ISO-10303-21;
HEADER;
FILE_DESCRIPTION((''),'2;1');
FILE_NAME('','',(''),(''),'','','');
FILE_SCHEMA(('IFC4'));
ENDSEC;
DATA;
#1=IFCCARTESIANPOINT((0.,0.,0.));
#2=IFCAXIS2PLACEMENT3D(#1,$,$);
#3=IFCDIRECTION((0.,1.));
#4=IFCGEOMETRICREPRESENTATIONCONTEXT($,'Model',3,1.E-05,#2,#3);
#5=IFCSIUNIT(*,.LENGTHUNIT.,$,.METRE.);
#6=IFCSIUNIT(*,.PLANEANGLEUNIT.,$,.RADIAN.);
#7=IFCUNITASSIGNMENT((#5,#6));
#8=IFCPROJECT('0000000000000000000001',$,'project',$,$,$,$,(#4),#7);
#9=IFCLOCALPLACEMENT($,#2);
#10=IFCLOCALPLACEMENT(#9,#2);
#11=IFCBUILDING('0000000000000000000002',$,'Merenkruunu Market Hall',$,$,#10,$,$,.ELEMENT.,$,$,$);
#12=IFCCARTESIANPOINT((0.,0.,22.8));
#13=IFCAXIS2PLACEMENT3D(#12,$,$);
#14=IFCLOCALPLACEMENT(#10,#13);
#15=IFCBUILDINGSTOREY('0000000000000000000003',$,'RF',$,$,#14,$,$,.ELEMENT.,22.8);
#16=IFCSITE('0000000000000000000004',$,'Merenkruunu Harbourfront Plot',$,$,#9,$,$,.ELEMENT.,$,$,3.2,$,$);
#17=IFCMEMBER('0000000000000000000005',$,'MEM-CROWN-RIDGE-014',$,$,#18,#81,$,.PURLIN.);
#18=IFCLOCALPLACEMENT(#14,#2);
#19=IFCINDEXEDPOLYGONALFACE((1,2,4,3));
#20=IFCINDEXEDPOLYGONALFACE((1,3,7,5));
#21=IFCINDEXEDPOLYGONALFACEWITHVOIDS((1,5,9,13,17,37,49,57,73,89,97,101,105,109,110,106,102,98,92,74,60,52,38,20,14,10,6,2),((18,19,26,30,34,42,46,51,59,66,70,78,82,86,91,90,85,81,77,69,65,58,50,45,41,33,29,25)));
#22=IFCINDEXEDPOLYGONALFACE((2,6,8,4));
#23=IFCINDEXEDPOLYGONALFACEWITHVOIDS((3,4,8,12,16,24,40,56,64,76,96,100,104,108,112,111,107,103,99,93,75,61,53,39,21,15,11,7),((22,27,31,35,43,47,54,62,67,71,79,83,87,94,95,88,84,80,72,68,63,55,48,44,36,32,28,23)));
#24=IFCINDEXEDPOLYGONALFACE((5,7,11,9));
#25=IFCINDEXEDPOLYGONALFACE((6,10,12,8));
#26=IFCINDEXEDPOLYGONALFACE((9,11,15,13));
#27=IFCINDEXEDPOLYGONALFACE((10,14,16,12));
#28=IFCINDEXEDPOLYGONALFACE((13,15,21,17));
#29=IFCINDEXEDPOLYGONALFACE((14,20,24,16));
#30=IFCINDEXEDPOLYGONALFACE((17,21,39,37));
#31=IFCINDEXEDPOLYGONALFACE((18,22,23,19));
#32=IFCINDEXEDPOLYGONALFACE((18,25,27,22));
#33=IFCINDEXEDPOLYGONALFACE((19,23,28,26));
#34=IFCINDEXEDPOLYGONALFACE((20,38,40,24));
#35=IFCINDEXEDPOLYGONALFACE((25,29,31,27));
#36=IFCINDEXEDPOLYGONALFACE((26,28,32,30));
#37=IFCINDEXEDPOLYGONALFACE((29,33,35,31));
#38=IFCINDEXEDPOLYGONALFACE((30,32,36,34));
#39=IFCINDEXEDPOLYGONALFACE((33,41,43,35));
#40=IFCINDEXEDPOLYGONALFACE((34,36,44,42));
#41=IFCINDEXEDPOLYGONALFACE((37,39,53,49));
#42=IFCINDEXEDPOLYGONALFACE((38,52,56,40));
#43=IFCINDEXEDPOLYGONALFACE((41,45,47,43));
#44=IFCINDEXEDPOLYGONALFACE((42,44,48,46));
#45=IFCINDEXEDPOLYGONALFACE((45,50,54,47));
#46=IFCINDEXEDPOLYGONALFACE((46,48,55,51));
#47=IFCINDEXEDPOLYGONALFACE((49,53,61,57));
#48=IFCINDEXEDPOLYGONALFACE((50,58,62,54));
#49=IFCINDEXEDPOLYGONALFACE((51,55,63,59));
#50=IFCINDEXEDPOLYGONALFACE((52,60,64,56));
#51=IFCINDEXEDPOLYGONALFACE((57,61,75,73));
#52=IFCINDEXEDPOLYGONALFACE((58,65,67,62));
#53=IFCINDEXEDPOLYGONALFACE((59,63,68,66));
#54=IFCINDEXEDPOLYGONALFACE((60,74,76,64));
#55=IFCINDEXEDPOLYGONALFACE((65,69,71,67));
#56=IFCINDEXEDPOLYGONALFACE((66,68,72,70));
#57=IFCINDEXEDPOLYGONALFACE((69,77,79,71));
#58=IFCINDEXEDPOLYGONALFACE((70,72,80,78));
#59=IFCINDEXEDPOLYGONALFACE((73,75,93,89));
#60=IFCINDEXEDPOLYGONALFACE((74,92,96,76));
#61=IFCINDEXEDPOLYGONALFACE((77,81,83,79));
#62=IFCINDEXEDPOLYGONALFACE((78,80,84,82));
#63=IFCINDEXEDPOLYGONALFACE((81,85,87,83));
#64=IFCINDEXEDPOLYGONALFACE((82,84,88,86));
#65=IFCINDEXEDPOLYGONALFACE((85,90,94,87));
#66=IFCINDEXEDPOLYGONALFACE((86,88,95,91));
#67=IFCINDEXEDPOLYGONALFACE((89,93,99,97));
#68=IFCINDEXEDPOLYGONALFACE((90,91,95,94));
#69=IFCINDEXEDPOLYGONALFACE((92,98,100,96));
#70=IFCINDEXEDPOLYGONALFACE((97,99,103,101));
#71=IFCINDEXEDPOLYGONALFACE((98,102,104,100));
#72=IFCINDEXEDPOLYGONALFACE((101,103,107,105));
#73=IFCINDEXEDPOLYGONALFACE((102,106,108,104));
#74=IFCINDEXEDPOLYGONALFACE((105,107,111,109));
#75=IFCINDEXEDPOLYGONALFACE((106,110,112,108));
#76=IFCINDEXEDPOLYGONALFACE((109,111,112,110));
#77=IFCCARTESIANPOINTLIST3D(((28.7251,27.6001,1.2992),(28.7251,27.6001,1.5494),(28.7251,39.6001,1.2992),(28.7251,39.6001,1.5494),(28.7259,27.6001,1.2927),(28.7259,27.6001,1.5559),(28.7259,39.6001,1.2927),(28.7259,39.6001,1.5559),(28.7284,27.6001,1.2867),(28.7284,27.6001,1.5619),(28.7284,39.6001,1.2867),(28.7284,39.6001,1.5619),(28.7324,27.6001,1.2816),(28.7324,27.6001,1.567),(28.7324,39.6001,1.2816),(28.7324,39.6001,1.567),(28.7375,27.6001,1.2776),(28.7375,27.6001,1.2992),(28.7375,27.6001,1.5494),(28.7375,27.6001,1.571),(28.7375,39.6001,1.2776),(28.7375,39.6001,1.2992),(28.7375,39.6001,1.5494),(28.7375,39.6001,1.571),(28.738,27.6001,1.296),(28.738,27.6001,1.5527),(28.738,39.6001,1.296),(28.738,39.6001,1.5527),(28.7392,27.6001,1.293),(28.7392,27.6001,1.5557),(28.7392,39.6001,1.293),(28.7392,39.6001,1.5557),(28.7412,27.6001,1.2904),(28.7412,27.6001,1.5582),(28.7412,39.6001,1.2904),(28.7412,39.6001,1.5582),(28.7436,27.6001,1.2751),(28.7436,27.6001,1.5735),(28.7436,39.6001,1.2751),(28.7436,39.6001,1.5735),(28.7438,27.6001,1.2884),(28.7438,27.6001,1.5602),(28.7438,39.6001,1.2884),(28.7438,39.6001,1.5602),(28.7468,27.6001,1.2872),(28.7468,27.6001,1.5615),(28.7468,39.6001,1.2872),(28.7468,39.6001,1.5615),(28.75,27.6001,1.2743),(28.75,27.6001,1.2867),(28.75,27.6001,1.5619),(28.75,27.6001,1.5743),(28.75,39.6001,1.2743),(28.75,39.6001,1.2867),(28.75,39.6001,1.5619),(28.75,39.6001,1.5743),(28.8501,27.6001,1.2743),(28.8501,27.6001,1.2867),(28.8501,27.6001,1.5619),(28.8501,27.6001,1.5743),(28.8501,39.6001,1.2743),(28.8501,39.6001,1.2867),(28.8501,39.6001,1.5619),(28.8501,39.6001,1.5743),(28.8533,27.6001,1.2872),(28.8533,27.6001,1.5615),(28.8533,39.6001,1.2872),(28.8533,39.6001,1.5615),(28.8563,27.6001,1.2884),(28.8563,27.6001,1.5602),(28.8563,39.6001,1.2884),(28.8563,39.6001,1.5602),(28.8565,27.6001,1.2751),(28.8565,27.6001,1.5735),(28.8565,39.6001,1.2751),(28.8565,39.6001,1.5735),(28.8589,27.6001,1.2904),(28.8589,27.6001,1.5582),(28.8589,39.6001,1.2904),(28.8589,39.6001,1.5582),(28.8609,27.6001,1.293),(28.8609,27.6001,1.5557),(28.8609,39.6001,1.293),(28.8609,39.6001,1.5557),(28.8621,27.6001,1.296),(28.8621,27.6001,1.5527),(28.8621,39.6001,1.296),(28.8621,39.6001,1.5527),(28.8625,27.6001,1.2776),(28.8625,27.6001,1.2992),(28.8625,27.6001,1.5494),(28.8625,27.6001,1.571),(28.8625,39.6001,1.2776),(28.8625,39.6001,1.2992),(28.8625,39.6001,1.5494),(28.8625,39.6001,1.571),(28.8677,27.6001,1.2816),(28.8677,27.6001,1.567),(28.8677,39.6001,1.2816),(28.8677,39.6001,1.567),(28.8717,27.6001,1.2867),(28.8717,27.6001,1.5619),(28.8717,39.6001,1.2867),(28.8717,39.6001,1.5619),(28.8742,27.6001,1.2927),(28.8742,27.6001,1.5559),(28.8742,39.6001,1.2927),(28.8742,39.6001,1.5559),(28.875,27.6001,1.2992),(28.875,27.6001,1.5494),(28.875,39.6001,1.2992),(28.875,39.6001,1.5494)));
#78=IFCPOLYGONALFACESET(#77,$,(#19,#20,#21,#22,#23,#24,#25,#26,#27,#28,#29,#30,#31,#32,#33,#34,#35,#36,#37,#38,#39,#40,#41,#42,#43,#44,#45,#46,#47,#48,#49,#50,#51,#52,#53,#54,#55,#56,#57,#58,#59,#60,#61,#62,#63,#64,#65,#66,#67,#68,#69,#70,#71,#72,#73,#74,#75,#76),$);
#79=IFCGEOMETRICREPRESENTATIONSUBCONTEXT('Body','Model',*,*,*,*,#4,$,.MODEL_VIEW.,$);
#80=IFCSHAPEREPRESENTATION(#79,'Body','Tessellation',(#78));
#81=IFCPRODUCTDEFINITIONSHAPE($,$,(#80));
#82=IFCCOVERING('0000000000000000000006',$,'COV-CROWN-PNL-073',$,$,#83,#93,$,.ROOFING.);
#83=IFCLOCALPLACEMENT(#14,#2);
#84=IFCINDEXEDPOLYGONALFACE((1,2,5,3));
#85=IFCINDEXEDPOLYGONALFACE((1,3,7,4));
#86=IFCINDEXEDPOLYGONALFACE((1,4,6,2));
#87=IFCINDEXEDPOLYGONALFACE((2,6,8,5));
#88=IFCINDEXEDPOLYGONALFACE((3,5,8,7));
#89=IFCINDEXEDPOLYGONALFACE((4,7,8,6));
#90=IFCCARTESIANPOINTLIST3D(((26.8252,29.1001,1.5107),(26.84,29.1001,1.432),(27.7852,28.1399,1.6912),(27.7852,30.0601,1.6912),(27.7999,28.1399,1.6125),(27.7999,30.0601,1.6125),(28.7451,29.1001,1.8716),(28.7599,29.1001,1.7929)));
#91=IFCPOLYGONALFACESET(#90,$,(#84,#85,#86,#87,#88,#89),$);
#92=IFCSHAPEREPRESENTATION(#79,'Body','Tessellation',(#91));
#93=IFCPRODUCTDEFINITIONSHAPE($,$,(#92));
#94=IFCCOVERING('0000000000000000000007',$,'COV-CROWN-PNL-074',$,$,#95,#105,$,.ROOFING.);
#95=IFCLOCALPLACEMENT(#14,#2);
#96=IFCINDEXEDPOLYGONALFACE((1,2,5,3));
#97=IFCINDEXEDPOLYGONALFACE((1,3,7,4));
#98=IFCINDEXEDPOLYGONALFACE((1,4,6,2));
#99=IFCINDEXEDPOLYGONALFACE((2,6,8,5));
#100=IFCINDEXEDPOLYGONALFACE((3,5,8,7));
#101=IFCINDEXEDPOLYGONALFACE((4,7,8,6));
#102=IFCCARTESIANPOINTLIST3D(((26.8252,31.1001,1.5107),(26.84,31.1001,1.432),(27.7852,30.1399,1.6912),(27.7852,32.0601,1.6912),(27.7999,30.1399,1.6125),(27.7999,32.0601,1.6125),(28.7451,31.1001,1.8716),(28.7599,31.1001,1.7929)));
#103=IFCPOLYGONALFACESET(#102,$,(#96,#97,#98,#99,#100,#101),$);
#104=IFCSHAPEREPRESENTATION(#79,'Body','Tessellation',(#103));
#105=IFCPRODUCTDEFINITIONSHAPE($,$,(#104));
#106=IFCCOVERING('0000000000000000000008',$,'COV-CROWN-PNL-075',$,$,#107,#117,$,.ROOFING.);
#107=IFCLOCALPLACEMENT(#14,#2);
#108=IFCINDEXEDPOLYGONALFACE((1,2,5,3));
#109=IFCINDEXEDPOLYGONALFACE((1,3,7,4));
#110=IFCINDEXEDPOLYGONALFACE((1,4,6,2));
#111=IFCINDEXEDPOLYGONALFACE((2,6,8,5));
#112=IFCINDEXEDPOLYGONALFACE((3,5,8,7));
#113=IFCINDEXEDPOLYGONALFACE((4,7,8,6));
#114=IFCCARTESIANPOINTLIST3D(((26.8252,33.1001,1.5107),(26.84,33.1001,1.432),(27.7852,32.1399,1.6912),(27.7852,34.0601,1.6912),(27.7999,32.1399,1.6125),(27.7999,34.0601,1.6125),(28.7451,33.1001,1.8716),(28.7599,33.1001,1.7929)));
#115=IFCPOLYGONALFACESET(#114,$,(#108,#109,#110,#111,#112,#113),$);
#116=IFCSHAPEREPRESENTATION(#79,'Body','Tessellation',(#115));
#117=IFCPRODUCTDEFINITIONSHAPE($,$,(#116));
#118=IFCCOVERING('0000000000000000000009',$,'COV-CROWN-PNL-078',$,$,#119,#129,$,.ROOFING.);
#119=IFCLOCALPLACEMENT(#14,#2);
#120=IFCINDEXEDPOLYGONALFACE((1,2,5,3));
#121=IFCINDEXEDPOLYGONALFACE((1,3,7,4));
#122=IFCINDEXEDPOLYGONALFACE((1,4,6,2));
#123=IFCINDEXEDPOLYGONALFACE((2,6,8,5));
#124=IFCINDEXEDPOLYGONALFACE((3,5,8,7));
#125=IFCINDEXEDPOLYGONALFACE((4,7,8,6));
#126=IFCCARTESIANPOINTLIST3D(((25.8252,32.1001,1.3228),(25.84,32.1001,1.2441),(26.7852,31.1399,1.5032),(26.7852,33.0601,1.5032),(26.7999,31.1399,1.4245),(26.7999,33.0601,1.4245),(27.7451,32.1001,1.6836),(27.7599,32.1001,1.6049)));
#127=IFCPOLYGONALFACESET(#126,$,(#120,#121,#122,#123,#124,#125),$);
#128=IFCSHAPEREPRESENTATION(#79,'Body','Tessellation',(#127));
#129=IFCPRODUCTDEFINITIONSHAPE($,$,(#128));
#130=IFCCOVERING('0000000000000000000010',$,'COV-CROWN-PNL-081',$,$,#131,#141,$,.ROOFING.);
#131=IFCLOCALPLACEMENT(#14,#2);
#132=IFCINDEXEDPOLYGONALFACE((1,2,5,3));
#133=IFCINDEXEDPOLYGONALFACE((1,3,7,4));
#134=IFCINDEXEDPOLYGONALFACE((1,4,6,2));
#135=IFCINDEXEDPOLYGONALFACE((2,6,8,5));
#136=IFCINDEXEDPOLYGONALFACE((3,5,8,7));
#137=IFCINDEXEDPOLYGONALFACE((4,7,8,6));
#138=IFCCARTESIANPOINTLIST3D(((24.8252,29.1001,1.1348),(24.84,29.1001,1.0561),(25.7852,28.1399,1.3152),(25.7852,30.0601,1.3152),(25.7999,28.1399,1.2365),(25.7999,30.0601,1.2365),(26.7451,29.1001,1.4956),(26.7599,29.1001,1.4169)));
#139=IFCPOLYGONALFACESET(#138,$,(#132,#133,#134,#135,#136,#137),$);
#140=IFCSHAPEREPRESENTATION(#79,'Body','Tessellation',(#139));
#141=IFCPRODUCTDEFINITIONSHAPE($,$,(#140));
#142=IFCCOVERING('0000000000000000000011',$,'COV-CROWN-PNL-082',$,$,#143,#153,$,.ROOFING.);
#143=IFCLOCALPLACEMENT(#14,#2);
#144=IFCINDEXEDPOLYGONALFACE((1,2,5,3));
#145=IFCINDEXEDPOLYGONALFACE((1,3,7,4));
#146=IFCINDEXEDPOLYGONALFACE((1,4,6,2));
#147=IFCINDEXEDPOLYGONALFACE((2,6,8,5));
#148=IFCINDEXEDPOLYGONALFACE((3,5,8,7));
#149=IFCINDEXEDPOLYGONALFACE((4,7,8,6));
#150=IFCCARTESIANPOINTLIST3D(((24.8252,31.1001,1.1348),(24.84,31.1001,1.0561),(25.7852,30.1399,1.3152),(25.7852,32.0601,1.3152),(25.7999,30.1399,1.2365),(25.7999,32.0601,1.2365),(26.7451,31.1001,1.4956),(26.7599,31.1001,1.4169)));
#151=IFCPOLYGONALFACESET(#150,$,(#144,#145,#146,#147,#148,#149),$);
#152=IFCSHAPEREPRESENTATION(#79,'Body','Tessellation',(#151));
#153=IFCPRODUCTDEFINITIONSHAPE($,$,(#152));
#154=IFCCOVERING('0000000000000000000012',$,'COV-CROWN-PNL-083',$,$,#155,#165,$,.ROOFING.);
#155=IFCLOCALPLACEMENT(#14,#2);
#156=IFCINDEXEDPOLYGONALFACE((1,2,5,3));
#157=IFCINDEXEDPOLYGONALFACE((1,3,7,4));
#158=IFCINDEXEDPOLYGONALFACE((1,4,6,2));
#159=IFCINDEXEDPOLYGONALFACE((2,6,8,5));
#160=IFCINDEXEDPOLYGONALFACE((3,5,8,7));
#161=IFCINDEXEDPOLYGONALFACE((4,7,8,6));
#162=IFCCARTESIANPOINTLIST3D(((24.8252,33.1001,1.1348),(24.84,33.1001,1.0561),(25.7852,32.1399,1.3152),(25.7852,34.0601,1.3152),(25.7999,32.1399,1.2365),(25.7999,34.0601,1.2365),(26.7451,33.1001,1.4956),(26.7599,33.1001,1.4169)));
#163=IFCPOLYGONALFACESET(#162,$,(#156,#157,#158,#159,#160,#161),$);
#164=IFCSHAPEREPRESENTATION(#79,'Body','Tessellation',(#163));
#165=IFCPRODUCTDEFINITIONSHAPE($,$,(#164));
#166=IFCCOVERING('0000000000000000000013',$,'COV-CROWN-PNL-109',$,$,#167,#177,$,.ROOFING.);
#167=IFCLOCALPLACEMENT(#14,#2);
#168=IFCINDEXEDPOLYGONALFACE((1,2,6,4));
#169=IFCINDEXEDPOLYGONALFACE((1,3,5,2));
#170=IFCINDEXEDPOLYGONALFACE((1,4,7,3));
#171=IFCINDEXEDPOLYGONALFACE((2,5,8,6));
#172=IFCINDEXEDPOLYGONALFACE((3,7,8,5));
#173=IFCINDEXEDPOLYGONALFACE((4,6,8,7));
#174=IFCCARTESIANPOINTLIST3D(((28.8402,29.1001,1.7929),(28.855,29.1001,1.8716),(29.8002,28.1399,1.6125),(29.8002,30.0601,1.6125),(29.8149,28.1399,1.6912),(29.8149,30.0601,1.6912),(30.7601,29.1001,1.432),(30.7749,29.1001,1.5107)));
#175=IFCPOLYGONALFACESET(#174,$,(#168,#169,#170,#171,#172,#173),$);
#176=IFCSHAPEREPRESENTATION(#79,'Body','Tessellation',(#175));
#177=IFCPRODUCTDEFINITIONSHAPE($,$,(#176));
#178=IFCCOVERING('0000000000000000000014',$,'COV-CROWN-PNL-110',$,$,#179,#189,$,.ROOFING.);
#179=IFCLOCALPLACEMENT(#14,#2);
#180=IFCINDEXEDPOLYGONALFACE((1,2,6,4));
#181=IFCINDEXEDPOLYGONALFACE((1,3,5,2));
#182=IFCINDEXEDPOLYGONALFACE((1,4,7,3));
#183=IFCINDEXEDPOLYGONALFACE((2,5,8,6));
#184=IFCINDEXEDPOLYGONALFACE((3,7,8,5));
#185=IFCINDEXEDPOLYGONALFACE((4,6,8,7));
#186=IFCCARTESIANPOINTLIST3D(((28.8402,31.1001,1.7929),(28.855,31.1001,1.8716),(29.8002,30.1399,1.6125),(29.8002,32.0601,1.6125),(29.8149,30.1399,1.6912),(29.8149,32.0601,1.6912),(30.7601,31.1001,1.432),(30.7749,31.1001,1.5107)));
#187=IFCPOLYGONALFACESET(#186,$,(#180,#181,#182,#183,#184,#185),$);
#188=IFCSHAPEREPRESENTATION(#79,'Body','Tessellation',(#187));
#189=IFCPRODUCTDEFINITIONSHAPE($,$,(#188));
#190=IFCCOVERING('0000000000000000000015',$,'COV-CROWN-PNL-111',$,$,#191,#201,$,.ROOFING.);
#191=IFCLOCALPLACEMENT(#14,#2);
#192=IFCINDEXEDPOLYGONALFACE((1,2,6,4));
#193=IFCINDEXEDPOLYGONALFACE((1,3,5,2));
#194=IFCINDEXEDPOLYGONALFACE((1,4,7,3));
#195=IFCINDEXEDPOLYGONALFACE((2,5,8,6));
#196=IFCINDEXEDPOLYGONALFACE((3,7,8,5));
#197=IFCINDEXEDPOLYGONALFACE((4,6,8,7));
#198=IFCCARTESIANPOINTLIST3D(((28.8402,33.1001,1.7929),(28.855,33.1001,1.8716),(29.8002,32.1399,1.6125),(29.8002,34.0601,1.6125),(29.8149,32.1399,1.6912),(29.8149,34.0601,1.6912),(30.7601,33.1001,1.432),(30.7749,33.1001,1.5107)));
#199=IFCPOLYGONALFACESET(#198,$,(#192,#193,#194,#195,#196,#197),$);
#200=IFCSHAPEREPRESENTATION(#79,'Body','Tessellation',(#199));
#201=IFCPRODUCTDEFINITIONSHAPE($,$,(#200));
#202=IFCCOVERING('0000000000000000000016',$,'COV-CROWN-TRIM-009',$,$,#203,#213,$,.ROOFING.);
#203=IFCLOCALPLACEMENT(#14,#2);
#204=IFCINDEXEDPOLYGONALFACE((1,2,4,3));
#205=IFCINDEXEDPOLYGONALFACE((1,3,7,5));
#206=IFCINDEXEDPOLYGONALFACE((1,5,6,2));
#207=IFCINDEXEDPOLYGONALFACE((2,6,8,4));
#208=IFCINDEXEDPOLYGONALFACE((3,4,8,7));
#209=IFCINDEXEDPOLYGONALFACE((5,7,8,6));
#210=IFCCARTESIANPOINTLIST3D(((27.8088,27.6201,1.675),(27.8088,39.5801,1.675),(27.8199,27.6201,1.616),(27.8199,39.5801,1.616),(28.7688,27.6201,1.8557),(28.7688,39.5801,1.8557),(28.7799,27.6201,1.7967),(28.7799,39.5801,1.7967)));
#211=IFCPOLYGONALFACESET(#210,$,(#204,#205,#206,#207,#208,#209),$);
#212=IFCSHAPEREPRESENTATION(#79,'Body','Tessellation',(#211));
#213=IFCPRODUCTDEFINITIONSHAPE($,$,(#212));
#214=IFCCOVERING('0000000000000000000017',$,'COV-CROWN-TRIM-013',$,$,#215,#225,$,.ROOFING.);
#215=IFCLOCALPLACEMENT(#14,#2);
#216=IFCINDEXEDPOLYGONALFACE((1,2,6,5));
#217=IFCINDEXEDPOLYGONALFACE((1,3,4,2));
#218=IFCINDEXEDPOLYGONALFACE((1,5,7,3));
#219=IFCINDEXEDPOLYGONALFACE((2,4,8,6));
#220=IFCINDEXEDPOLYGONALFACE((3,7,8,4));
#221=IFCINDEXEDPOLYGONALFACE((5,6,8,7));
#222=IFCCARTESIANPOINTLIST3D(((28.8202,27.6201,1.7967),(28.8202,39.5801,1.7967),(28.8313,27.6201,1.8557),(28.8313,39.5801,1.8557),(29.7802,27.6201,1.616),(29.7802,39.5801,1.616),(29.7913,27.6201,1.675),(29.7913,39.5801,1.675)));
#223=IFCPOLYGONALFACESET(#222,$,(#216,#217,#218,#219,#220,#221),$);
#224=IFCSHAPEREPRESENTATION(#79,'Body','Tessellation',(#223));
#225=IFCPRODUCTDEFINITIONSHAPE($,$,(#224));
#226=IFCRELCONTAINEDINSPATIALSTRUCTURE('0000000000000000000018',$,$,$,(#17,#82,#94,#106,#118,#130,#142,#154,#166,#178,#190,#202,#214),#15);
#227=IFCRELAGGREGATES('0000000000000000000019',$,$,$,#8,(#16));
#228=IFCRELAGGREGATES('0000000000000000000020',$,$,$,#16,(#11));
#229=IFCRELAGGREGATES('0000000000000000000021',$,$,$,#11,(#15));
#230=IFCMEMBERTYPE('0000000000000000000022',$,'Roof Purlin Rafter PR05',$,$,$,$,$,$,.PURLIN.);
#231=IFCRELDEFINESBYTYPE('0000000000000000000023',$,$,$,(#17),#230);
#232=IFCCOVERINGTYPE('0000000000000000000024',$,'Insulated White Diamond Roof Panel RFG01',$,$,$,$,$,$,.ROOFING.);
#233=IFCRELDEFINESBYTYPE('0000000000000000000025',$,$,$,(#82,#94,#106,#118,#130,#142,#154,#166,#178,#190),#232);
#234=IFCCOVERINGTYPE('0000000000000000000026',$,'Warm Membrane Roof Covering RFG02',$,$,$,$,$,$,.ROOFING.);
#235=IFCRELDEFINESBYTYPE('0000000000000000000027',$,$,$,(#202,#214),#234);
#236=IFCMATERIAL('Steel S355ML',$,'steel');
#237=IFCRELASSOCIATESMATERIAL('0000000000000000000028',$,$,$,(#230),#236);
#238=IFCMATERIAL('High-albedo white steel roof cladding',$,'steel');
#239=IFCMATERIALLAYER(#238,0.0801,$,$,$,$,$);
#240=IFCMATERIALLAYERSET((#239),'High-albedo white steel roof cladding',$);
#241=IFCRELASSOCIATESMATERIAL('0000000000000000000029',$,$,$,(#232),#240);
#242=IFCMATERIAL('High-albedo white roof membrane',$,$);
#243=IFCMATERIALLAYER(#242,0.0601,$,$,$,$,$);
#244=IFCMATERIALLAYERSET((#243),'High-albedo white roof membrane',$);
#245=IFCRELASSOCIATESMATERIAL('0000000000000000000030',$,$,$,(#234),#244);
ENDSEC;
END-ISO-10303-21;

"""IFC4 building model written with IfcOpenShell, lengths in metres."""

from ifc_helpers import new_model, si_unit, direction, frame, origin, origin_2d, place, context, subcontext, project, spatial, polyline, hollow_rectangle, outline, extrude, material, layer, layer_set, material_profile, profile_set, type_object, element, save


model = new_model("IFC4")

# Units and contexts
model_context = context("Model", 3, precision=1e-05, world=origin(), true_north=direction((0.0, 1.0)))
body_context = subcontext(model_context, "Body", "Model", "MODEL_VIEW")
ifc_project = project(units=[si_unit("LENGTHUNIT", "METRE"), si_unit("PLANEANGLEUNIT", "RADIAN")], contexts=[model_context])

# Site, building, storey
site_placement = place(None, origin())
site = spatial("IfcSite", under=ifc_project, at=site_placement, Name="Merenkruunu Harbourfront Plot", CompositionType="ELEMENT", RefElevation=3.2)
building_placement = place(site_placement, origin())
building = spatial("IfcBuilding", under=site, at=building_placement, Name="Merenkruunu Market Hall", CompositionType="ELEMENT")
storey_placement = place(building_placement, frame((0.0, 0.0, 22.8)))
storey = spatial("IfcBuildingStorey", under=building, at=storey_placement, Name="RF", CompositionType="ELEMENT", Elevation=22.8)

# Member
ifc_material_1 = material(Name="Steel S355ML", Category="steel")
ifc_material_profile_1 = material_profile(ifc_material_1, hollow_rectangle(XDim=0.1499, YDim=0.3, WallThickness=0.0125, InnerFilletRadius=0.0125, OuterFilletRadius=0.0249, at=origin_2d()), Name="RHS 300x150x12.5")
ifc_profile_set_1 = profile_set([ifc_material_profile_1], Name="Steel S355ML")
member_type_1 = type_object("IfcMemberType", Name="Roof Purlin Rafter PR05", PredefinedType="PURLIN", material=ifc_profile_set_1)
member_placement = place(storey_placement, frame((28.8, 27.6001, 1.4243), z_axis=(0.0, 1.0, 0.0), x_axis=(-1.0, 0.0, 0.0)))
element("IfcMember", 1, at=member_placement, inside=storey, type_object=member_type_1, Name="MEM-CROWN-RIDGE-014", PredefinedType="PURLIN", context=body_context, shape_type="SweptSolid", body=[
    extrude(hollow_rectangle(XDim=0.1499, YDim=0.3, WallThickness=0.0125, InnerFilletRadius=0.0125, OuterFilletRadius=0.0249, at=origin_2d()), origin(), (0.0, 0.0, 1.0), 12.0),
])

# Coverings
ifc_material_2 = material(Name="High-albedo white steel roof cladding", Category="steel")
ifc_layer_1 = layer(ifc_material_2, 0.0801)
ifc_layer_set_1 = layer_set([ifc_layer_1], Name="High-albedo white steel roof cladding")
covering_type_1 = type_object("IfcCoveringType", Name="Insulated White Diamond Roof Panel RFG01", PredefinedType="ROOFING", material=ifc_layer_set_1)
for number, where, z_axis, x_axis, name in (
    (2, (26.8252, 29.1001, 1.5107), (-0.184711, 0.0, 0.982793), (0.700856, -0.701035, 0.131722), "COV-CROWN-PNL-073"),
    (3, (26.8252, 31.1001, 1.5107), (-0.184711, 0.0, 0.982793), (0.700856, -0.701035, 0.131722), "COV-CROWN-PNL-074"),
    (4, (26.8252, 33.1001, 1.5107), (-0.184711, 0.0, 0.982793), (0.700856, -0.701035, 0.131722), "COV-CROWN-PNL-075"),
    (5, (25.8252, 32.1001, 1.3228), (-0.184711, 0.0, 0.982793), (0.700856, -0.701035, 0.131722), "COV-CROWN-PNL-078"),
    (6, (24.8252, 29.1001, 1.1348), (-0.184711, 0.0, 0.982793), (0.700856, -0.701035, 0.131722), "COV-CROWN-PNL-081"),
    (7, (24.8252, 31.1001, 1.1348), (-0.184711, 0.0, 0.982793), (0.700856, -0.701035, 0.131722), "COV-CROWN-PNL-082"),
    (8, (24.8252, 33.1001, 1.1348), (-0.184711, 0.0, 0.982793), (0.700856, -0.701035, 0.131722), "COV-CROWN-PNL-083"),
    (9, (28.855, 29.1001, 1.8716), (0.184711, 0.0, 0.982793), (0.700856, -0.701035, -0.131722), "COV-CROWN-PNL-109"),
    (10, (28.855, 31.1001, 1.8716), (0.184711, 0.0, 0.982793), (0.700856, -0.701035, -0.131722), "COV-CROWN-PNL-110"),
    (11, (28.855, 33.1001, 1.8716), (0.184711, 0.0, 0.982793), (0.700856, -0.701035, -0.131722), "COV-CROWN-PNL-111"),
):
    element("IfcCovering", number, at=place(storey_placement, frame(where, z_axis=z_axis, x_axis=x_axis)), inside=storey, type_object=covering_type_1, Name=name, PredefinedType="ROOFING", context=body_context, shape_type="SweptSolid", body=[
        extrude(outline(polyline([(0.0, 0.0), (1.3697, 0.0), (1.3931, 1.3695), (0.0236, 1.3693), (0.0, 0.0)])), origin(), (0.0, 0.0, -1.0), 0.0801),
    ])
ifc_material_3 = material(Name="High-albedo white roof membrane")
ifc_layer_2 = layer(ifc_material_3, 0.0601)
ifc_layer_set_2 = layer_set([ifc_layer_2], Name="High-albedo white roof membrane")
covering_type_2 = type_object("IfcCoveringType", Name="Warm Membrane Roof Covering RFG02", PredefinedType="ROOFING", material=ifc_layer_set_2)
for number, where, z_axis, x_axis, name in (
    (12, (27.8088, 27.6201, 1.675), (-0.184952, 0.0, 0.982747), (0.982747, 0.0, 0.184952), "COV-CROWN-TRIM-009"),
    (13, (28.8313, 27.6201, 1.8557), (0.184952, 0.0, 0.982747), (0.982747, 0.0, -0.184952), "COV-CROWN-TRIM-013"),
):
    element("IfcCovering", number, at=place(storey_placement, frame(where, z_axis=z_axis, x_axis=x_axis)), inside=storey, type_object=covering_type_2, Name=name, PredefinedType="ROOFING", context=body_context, shape_type="SweptSolid", body=[
        extrude(outline(polyline([(0.0, 0.0), (0.9768, 0.0), (0.9768, 11.96), (0.0, 11.96), (0.0, 0.0)])), origin(), (0.0, 0.0, -1.0), 0.0601),
    ])

save(model, "model.ifc")
